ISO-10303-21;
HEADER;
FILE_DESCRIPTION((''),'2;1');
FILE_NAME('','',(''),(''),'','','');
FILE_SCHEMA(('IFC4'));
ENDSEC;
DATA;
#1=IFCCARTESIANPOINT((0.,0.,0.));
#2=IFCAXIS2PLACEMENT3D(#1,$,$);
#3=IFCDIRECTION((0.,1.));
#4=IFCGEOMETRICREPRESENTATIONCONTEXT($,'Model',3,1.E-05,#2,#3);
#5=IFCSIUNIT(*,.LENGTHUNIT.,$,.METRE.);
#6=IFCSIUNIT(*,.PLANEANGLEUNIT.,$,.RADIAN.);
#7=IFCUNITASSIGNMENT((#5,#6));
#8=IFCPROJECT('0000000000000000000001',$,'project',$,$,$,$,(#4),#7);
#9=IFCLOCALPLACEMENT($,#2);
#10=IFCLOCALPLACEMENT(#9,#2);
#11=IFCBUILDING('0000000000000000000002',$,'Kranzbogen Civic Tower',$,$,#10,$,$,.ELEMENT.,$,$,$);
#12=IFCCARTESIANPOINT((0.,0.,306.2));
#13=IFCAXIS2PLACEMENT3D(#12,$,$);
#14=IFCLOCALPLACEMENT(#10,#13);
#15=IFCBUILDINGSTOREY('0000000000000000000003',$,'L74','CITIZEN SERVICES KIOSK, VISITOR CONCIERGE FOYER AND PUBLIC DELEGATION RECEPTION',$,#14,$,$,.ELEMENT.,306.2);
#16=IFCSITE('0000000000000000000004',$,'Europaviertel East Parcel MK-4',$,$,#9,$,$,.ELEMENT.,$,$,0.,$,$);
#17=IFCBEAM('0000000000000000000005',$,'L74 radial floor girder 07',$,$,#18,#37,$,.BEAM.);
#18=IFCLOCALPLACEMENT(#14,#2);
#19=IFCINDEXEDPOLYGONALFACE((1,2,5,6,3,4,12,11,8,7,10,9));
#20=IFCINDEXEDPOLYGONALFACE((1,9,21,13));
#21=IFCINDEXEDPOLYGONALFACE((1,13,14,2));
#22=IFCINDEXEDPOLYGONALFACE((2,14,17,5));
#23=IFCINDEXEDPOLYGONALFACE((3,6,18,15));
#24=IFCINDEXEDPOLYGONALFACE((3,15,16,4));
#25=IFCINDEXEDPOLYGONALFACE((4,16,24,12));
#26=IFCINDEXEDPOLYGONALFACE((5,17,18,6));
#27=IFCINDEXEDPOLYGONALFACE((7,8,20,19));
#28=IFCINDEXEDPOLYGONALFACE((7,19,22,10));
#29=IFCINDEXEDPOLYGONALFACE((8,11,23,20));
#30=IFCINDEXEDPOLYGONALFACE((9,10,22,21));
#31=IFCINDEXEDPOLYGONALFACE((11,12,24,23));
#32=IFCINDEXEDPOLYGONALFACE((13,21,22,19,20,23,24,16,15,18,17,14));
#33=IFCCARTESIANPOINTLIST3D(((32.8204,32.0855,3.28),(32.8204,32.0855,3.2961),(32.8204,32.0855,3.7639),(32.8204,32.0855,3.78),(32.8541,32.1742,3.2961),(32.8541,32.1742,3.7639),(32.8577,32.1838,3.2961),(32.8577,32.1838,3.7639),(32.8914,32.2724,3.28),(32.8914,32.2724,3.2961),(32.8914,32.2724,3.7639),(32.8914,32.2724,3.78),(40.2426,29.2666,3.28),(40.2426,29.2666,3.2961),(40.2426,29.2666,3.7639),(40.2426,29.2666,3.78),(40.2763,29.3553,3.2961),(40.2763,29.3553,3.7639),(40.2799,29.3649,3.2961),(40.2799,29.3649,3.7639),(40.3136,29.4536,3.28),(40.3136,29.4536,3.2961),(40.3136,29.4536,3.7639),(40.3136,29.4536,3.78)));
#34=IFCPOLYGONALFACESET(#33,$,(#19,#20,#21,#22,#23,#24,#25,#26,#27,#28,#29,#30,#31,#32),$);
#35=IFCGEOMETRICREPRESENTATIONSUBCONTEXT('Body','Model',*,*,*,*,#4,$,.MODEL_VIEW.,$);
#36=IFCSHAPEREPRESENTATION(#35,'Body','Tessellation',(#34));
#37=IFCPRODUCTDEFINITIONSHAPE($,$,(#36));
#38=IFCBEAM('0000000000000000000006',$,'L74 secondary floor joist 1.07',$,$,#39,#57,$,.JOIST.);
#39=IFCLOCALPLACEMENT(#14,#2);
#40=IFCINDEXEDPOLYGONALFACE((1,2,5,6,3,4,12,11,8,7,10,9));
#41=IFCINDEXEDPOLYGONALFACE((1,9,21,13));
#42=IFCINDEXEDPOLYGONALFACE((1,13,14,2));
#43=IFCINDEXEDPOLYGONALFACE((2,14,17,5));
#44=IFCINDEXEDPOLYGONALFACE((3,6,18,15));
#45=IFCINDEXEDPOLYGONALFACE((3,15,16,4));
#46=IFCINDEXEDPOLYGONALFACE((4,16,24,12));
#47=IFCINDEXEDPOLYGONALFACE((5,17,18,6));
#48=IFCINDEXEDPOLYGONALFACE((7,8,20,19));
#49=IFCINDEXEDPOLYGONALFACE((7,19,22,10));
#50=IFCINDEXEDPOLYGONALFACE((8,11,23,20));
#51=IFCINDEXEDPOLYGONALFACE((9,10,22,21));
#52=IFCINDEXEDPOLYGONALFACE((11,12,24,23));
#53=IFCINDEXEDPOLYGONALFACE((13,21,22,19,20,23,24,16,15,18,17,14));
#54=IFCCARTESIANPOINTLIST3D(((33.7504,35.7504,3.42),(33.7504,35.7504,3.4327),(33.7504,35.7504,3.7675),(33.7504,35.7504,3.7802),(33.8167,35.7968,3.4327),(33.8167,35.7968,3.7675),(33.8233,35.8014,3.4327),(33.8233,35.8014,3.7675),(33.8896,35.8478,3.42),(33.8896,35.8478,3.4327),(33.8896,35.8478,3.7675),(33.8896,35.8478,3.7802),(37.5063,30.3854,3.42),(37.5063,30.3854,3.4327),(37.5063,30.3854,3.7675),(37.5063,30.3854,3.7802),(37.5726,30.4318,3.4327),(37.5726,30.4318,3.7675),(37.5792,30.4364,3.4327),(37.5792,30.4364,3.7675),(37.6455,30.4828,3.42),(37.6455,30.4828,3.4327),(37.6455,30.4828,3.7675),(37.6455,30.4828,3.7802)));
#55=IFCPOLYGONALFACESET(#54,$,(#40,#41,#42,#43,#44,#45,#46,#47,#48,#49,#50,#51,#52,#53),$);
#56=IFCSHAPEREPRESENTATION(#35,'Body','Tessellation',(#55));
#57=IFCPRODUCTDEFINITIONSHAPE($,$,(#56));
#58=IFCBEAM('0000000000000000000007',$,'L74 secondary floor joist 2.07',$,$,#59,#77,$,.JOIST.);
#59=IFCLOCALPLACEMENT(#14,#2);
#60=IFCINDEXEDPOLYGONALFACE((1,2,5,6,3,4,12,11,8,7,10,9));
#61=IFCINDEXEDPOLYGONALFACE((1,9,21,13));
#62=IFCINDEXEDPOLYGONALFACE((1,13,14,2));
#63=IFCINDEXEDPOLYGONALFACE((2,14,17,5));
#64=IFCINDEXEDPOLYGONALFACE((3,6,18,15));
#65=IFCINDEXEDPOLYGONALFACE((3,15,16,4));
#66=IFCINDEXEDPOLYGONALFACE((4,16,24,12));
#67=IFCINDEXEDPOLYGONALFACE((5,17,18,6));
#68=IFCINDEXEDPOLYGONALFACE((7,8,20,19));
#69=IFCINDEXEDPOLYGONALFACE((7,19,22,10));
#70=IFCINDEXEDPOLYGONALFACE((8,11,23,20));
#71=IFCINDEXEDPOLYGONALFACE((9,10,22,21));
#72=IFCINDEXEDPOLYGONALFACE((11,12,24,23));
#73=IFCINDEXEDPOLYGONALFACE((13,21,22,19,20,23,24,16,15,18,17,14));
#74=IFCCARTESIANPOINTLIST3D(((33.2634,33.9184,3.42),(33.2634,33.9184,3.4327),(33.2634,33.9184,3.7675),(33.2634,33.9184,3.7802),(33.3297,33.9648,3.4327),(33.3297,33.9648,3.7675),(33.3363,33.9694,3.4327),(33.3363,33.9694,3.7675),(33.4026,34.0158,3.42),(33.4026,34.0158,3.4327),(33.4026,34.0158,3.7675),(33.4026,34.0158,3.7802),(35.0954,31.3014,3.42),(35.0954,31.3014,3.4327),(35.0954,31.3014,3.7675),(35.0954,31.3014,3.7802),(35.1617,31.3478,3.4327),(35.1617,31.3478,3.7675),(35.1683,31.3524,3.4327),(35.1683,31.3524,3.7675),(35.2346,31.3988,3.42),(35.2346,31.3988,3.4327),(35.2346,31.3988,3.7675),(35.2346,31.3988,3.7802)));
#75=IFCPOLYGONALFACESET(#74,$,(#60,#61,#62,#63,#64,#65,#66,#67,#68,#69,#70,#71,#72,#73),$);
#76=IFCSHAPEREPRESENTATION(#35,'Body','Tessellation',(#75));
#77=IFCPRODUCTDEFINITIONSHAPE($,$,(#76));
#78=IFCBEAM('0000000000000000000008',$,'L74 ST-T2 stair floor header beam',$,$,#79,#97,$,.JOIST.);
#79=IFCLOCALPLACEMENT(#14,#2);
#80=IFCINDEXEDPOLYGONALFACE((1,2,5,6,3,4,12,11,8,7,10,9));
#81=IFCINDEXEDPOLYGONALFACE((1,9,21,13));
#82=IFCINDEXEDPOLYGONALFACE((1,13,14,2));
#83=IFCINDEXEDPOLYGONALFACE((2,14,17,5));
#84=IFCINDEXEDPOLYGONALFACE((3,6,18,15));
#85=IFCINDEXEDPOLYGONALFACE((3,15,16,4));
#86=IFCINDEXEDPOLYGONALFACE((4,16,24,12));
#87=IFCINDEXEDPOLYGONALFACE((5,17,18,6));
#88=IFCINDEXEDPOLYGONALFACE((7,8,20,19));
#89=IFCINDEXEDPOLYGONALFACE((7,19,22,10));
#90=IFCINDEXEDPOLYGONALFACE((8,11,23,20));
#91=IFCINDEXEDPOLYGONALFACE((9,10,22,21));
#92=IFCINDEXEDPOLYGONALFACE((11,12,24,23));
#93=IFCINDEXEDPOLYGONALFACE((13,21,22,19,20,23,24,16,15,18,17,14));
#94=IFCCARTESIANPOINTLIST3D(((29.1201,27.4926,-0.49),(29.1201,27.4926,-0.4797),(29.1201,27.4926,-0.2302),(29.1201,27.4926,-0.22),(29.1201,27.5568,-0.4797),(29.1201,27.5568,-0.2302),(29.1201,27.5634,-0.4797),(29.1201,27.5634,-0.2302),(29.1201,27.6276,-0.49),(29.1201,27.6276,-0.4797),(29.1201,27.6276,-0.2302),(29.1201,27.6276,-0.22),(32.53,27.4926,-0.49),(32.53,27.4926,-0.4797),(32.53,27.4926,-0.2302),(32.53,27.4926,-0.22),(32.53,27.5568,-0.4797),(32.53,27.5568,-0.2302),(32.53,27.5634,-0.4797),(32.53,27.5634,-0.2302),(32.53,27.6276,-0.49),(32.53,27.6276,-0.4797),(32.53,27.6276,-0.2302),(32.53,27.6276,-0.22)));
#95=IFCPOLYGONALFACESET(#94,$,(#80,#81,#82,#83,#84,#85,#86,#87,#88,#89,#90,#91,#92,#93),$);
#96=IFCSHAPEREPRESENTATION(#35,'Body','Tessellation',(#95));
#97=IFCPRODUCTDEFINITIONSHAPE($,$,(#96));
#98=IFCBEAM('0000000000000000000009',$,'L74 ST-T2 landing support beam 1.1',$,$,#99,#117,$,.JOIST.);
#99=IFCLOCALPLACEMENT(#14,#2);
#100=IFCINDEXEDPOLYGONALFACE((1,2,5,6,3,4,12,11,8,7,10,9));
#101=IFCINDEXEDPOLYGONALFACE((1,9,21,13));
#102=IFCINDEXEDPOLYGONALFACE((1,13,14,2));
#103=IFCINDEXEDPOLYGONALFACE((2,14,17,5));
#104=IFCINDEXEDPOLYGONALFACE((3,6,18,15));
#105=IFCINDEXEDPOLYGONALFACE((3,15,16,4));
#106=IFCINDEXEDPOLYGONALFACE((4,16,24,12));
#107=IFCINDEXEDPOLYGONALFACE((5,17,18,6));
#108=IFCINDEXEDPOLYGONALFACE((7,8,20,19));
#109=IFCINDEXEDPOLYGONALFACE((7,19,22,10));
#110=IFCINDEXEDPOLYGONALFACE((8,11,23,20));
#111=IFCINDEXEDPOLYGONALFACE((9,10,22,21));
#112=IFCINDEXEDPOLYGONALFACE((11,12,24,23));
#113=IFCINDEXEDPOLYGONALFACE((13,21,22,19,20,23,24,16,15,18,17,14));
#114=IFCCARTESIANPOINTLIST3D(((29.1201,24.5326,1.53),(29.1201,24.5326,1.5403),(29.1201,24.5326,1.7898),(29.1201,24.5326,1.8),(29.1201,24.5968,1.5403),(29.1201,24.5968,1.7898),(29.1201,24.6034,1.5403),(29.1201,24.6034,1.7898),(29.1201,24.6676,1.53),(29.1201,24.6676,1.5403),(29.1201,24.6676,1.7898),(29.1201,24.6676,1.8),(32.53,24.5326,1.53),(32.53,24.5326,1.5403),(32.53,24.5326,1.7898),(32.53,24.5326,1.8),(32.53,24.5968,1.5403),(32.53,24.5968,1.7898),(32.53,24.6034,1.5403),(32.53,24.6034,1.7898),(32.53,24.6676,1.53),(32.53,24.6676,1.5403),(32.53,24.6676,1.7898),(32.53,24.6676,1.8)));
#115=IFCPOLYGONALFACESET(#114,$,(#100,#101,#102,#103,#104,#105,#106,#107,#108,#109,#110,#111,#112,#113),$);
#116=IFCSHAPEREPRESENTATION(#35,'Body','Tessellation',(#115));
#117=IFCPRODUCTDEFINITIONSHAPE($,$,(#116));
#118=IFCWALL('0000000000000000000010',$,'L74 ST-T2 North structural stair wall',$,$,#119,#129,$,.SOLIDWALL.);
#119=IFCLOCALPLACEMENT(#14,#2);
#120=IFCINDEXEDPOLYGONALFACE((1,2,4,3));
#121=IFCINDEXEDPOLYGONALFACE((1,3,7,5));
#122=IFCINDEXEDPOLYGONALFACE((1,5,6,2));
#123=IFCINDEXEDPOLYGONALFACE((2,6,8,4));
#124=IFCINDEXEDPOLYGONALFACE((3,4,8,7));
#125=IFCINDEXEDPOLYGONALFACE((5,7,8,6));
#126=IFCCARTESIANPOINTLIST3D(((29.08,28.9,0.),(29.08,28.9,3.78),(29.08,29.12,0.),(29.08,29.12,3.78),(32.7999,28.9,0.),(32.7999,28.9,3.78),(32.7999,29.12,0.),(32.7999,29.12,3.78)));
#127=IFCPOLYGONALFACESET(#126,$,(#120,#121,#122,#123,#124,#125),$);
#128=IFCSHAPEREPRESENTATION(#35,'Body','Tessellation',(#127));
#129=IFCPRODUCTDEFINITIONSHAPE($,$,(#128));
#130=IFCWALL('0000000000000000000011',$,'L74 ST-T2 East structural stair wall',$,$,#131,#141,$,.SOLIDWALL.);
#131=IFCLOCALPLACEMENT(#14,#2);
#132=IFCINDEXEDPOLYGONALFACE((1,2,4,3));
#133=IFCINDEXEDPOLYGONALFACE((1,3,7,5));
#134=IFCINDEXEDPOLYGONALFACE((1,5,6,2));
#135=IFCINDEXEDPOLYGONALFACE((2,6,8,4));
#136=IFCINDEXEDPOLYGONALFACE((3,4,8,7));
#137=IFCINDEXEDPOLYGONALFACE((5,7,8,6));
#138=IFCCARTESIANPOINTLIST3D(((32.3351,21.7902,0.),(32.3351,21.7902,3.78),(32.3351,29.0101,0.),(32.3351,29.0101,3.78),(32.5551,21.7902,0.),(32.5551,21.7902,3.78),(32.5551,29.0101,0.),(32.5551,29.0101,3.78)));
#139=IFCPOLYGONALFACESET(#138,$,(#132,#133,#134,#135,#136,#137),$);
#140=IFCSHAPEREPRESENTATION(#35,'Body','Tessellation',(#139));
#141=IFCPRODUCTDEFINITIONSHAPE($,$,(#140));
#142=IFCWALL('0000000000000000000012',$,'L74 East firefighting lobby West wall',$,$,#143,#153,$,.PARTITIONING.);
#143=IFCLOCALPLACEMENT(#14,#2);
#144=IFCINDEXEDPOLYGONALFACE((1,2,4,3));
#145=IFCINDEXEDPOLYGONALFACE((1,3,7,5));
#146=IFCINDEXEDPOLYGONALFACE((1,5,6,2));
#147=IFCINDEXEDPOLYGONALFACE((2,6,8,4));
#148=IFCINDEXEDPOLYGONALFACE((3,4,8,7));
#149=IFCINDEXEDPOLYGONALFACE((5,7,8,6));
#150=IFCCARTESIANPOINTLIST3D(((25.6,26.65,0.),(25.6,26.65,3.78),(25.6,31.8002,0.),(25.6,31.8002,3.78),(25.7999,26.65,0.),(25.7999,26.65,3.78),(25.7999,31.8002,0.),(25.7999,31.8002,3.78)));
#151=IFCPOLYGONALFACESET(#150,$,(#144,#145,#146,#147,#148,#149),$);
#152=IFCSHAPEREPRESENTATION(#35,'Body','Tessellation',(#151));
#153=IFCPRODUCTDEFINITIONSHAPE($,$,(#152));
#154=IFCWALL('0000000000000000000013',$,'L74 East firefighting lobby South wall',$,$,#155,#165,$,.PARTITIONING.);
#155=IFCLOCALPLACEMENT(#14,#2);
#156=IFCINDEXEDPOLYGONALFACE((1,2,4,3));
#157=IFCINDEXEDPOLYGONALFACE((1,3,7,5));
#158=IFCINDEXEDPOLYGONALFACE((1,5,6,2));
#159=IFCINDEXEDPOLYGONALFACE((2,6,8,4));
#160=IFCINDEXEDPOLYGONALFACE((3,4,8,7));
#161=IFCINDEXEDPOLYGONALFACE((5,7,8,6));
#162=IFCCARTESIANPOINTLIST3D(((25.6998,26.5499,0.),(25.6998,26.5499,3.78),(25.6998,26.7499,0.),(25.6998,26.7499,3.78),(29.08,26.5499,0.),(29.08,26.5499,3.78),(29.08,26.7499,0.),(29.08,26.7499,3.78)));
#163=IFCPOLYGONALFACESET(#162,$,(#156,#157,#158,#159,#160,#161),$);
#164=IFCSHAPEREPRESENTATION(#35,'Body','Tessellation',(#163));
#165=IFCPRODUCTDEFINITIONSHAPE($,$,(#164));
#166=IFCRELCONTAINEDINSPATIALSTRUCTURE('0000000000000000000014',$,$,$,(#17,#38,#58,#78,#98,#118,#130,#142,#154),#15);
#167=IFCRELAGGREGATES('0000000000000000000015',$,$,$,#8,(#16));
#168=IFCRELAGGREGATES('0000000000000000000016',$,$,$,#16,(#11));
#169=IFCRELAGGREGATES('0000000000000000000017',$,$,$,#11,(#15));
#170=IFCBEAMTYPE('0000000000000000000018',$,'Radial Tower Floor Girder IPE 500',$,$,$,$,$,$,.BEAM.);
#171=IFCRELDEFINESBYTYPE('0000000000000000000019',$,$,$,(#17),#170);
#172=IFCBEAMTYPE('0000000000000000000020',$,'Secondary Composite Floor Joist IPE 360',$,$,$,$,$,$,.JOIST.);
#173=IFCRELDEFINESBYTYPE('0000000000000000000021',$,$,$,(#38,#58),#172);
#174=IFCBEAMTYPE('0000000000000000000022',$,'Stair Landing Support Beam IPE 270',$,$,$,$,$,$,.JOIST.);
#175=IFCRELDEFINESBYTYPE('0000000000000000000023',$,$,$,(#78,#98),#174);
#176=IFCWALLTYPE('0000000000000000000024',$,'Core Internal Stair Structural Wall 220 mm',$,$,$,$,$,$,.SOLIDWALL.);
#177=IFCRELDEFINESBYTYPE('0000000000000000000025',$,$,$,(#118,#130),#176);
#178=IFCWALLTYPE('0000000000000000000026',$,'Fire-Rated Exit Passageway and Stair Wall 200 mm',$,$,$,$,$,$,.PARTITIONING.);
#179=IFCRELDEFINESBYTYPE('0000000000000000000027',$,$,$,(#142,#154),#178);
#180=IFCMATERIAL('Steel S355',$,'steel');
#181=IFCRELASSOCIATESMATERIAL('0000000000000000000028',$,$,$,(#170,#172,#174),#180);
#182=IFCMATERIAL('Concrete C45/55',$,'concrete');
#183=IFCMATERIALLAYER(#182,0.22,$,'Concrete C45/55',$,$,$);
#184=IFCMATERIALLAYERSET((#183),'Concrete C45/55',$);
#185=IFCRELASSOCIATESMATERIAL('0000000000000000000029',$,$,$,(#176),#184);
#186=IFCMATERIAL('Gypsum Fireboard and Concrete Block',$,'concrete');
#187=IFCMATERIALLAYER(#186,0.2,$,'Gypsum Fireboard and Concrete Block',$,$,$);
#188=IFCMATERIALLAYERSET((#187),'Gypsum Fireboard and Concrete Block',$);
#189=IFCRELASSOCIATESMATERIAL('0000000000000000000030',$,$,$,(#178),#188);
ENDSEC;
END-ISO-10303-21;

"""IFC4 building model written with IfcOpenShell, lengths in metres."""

from ifc_helpers import new_model, si_unit, direction, frame, frame_2d, origin, origin_2d, place, context, subcontext, project, spatial, rectangle, i_section, extrude, material, layer, layer_set, material_profile, profile_set, type_object, element, save


model = new_model("IFC4")

# Units and contexts
model_context = context("Model", 3, precision=1e-05, world=origin(), true_north=direction((0.0, 1.0)))
body_context = subcontext(model_context, "Body", "Model", "MODEL_VIEW")
ifc_project = project(units=[si_unit("LENGTHUNIT", "METRE"), si_unit("PLANEANGLEUNIT", "RADIAN")], contexts=[model_context])

# Site, building, storey
site_placement = place(None, origin())
site = spatial("IfcSite", under=ifc_project, at=site_placement, Name="Europaviertel East Parcel MK-4", CompositionType="ELEMENT", RefElevation=0.0)
building_placement = place(site_placement, origin())
building = spatial("IfcBuilding", under=site, at=building_placement, Name="Kranzbogen Civic Tower", CompositionType="ELEMENT")
storey_placement = place(building_placement, frame((0.0, 0.0, 306.2)))
storey = spatial("IfcBuildingStorey", under=building, at=storey_placement, Name="L74", Description="CITIZEN SERVICES KIOSK, VISITOR CONCIERGE FOYER AND PUBLIC DELEGATION RECEPTION", CompositionType="ELEMENT", Elevation=306.2)

# Shared definitions
ifc_material_1 = material(Name="Steel S355", Category="steel")

# Beams
ifc_material_profile_1 = material_profile(ifc_material_1, i_section(OverallWidth=0.2, OverallDepth=0.5, WebThickness=0.0103, FlangeThickness=0.0161, at=origin_2d()), Name="IPE 500")
ifc_profile_set_1 = profile_set([ifc_material_profile_1], Name="Steel S355")
beam_type_1 = type_object("IfcBeamType", Name="Radial Tower Floor Girder IPE 500", PredefinedType="BEAM", material=ifc_profile_set_1)
beam_1_placement = place(storey_placement, frame((40.2781, 29.3601, 3.53), z_axis=(-0.934849, 0.355046, 0.0), x_axis=(-0.355046, -0.934849, 0.0)))
element("IfcBeam", 1, at=beam_1_placement, inside=storey, type_object=beam_type_1, Name="L74 radial floor girder 07", PredefinedType="BEAM", context=body_context, shape_type="SweptSolid", body=[
    extrude(i_section(OverallWidth=0.2, OverallDepth=0.5, WebThickness=0.0103, FlangeThickness=0.0161, at=origin_2d()), origin(), (0.0, 0.0, 1.0), 7.9395),
])
ifc_material_profile_2 = material_profile(ifc_material_1, i_section(OverallWidth=0.1699, OverallDepth=0.3601, WebThickness=0.0081, FlangeThickness=0.0127, at=origin_2d()), Name="IPE 360")
ifc_profile_set_2 = profile_set([ifc_material_profile_2], Name="Steel S355")
beam_type_2 = type_object("IfcBeamType", Name="Secondary Composite Floor Joist IPE 360", PredefinedType="JOIST", material=ifc_profile_set_2)
beam_2_placement = place(storey_placement, frame((37.5759, 30.4341, 3.6001), z_axis=(-0.5735, 0.819206, 0.0), x_axis=(-0.819206, -0.5735, 0.0)))
element("IfcBeam", 2, at=beam_2_placement, inside=storey, type_object=beam_type_2, Name="L74 secondary floor joist 1.07", PredefinedType="JOIST", context=body_context, shape_type="SweptSolid", body=[
    extrude(i_section(OverallWidth=0.1699, OverallDepth=0.3601, WebThickness=0.0081, FlangeThickness=0.0127, at=origin_2d()), origin(), (0.0, 0.0, 1.0), 6.5491),
])
beam_3_placement = place(storey_placement, frame((35.165, 31.3501, 3.6001), z_axis=(-0.573498, 0.819207, 0.0), x_axis=(-0.819207, -0.573498, 0.0)))
element("IfcBeam", 3, at=beam_3_placement, inside=storey, type_object=beam_type_2, Name="L74 secondary floor joist 2.07", PredefinedType="JOIST", context=body_context, shape_type="SweptSolid", body=[
    extrude(i_section(OverallWidth=0.1699, OverallDepth=0.3601, WebThickness=0.0081, FlangeThickness=0.0127, at=origin_2d()), origin(), (0.0, 0.0, 1.0), 3.1946),
])
ifc_material_profile_3 = material_profile(ifc_material_1, i_section(OverallWidth=0.135, OverallDepth=0.27, WebThickness=0.0066, FlangeThickness=0.0103, at=origin_2d()), Name="IPE 270")
ifc_profile_set_3 = profile_set([ifc_material_profile_3], Name="Steel S355")
beam_type_3 = type_object("IfcBeamType", Name="Stair Landing Support Beam IPE 270", PredefinedType="JOIST", material=ifc_profile_set_3)
for number, where, z_axis, x_axis, name in (
    (4, (29.1201, 27.5601, -0.355), (1.0, 0.0, 0.0), (0.0, 1.0, 0.0), "L74 ST-T2 stair floor header beam"),
    (5, (29.1201, 24.6001, 1.665), (1.0, 0.0, 0.0), (0.0, 1.0, 0.0), "L74 ST-T2 landing support beam 1.1"),
):
    element("IfcBeam", number, at=place(storey_placement, frame(where, z_axis=z_axis, x_axis=x_axis)), inside=storey, type_object=beam_type_3, Name=name, PredefinedType="JOIST", context=body_context, shape_type="SweptSolid", body=[
        extrude(i_section(OverallWidth=0.135, OverallDepth=0.27, WebThickness=0.0066, FlangeThickness=0.0103, at=origin_2d()), origin(), (0.0, 0.0, 1.0), 3.4099),
    ])

# Walls
ifc_material_2 = material(Name="Concrete C45/55", Category="concrete")
ifc_layer_1 = layer(ifc_material_2, 0.22, Name="Concrete C45/55")
ifc_layer_set_1 = layer_set([ifc_layer_1], Name="Concrete C45/55")
wall_type_1 = type_object("IfcWallType", Name="Core Internal Stair Structural Wall 220 mm", PredefinedType="SOLIDWALL", material=ifc_layer_set_1)
wall_1_placement = place(storey_placement, frame((29.0801, 29.01, 0.0), z_axis=(0.0, 0.0, 1.0), x_axis=(1.0, 0.0, 0.0)))
element("IfcWall", 6, at=wall_1_placement, inside=storey, type_object=wall_type_1, Name="L74 ST-T2 North structural stair wall", PredefinedType="SOLIDWALL", context=body_context, shape_type="SweptSolid", body=[
    extrude(rectangle(XDim=3.72, YDim=0.22, at=frame_2d((1.8599, 0.0))), origin(), (0.0, 0.0, 1.0), 3.78),
])
wall_2_placement = place(storey_placement, frame((32.4451, 29.01, 0.0), z_axis=(0.0, 0.0, 1.0), x_axis=(0.0, -1.0, 0.0)))
element("IfcWall", 7, at=wall_2_placement, inside=storey, type_object=wall_type_1, Name="L74 ST-T2 East structural stair wall", PredefinedType="SOLIDWALL", context=body_context, shape_type="SweptSolid", body=[
    extrude(rectangle(XDim=7.22, YDim=0.22, at=frame_2d((3.6099, 0.0))), origin(), (0.0, 0.0, 1.0), 3.78),
])
ifc_material_3 = material(Name="Gypsum Fireboard and Concrete Block", Category="concrete")
ifc_layer_2 = layer(ifc_material_3, 0.2, Name="Gypsum Fireboard and Concrete Block")
ifc_layer_set_2 = layer_set([ifc_layer_2], Name="Gypsum Fireboard and Concrete Block")
wall_type_2 = type_object("IfcWallType", Name="Fire-Rated Exit Passageway and Stair Wall 200 mm", PredefinedType="PARTITIONING", material=ifc_layer_set_2)
wall_3_placement = place(storey_placement, frame((25.7, 26.6499, 0.0), z_axis=(0.0, 0.0, 1.0), x_axis=(0.0, 1.0, 0.0)))
element("IfcWall", 8, at=wall_3_placement, inside=storey, type_object=wall_type_2, Name="L74 East firefighting lobby West wall", PredefinedType="PARTITIONING", context=body_context, shape_type="SweptSolid", body=[
    extrude(rectangle(XDim=5.1501, YDim=0.2, at=frame_2d((2.5752, 0.0))), origin(), (0.0, 0.0, 1.0), 3.78),
])
wall_4_placement = place(storey_placement, frame((25.7, 26.6499, 0.0), z_axis=(0.0, 0.0, 1.0), x_axis=(1.0, 0.0, 0.0)))
element("IfcWall", 9, at=wall_4_placement, inside=storey, type_object=wall_type_2, Name="L74 East firefighting lobby South wall", PredefinedType="PARTITIONING", context=body_context, shape_type="SweptSolid", body=[
    extrude(rectangle(XDim=3.3801, YDim=0.2, at=frame_2d((1.6899, 0.0))), origin(), (0.0, 0.0, 1.0), 3.78),
])

save(model, "model.ifc")
